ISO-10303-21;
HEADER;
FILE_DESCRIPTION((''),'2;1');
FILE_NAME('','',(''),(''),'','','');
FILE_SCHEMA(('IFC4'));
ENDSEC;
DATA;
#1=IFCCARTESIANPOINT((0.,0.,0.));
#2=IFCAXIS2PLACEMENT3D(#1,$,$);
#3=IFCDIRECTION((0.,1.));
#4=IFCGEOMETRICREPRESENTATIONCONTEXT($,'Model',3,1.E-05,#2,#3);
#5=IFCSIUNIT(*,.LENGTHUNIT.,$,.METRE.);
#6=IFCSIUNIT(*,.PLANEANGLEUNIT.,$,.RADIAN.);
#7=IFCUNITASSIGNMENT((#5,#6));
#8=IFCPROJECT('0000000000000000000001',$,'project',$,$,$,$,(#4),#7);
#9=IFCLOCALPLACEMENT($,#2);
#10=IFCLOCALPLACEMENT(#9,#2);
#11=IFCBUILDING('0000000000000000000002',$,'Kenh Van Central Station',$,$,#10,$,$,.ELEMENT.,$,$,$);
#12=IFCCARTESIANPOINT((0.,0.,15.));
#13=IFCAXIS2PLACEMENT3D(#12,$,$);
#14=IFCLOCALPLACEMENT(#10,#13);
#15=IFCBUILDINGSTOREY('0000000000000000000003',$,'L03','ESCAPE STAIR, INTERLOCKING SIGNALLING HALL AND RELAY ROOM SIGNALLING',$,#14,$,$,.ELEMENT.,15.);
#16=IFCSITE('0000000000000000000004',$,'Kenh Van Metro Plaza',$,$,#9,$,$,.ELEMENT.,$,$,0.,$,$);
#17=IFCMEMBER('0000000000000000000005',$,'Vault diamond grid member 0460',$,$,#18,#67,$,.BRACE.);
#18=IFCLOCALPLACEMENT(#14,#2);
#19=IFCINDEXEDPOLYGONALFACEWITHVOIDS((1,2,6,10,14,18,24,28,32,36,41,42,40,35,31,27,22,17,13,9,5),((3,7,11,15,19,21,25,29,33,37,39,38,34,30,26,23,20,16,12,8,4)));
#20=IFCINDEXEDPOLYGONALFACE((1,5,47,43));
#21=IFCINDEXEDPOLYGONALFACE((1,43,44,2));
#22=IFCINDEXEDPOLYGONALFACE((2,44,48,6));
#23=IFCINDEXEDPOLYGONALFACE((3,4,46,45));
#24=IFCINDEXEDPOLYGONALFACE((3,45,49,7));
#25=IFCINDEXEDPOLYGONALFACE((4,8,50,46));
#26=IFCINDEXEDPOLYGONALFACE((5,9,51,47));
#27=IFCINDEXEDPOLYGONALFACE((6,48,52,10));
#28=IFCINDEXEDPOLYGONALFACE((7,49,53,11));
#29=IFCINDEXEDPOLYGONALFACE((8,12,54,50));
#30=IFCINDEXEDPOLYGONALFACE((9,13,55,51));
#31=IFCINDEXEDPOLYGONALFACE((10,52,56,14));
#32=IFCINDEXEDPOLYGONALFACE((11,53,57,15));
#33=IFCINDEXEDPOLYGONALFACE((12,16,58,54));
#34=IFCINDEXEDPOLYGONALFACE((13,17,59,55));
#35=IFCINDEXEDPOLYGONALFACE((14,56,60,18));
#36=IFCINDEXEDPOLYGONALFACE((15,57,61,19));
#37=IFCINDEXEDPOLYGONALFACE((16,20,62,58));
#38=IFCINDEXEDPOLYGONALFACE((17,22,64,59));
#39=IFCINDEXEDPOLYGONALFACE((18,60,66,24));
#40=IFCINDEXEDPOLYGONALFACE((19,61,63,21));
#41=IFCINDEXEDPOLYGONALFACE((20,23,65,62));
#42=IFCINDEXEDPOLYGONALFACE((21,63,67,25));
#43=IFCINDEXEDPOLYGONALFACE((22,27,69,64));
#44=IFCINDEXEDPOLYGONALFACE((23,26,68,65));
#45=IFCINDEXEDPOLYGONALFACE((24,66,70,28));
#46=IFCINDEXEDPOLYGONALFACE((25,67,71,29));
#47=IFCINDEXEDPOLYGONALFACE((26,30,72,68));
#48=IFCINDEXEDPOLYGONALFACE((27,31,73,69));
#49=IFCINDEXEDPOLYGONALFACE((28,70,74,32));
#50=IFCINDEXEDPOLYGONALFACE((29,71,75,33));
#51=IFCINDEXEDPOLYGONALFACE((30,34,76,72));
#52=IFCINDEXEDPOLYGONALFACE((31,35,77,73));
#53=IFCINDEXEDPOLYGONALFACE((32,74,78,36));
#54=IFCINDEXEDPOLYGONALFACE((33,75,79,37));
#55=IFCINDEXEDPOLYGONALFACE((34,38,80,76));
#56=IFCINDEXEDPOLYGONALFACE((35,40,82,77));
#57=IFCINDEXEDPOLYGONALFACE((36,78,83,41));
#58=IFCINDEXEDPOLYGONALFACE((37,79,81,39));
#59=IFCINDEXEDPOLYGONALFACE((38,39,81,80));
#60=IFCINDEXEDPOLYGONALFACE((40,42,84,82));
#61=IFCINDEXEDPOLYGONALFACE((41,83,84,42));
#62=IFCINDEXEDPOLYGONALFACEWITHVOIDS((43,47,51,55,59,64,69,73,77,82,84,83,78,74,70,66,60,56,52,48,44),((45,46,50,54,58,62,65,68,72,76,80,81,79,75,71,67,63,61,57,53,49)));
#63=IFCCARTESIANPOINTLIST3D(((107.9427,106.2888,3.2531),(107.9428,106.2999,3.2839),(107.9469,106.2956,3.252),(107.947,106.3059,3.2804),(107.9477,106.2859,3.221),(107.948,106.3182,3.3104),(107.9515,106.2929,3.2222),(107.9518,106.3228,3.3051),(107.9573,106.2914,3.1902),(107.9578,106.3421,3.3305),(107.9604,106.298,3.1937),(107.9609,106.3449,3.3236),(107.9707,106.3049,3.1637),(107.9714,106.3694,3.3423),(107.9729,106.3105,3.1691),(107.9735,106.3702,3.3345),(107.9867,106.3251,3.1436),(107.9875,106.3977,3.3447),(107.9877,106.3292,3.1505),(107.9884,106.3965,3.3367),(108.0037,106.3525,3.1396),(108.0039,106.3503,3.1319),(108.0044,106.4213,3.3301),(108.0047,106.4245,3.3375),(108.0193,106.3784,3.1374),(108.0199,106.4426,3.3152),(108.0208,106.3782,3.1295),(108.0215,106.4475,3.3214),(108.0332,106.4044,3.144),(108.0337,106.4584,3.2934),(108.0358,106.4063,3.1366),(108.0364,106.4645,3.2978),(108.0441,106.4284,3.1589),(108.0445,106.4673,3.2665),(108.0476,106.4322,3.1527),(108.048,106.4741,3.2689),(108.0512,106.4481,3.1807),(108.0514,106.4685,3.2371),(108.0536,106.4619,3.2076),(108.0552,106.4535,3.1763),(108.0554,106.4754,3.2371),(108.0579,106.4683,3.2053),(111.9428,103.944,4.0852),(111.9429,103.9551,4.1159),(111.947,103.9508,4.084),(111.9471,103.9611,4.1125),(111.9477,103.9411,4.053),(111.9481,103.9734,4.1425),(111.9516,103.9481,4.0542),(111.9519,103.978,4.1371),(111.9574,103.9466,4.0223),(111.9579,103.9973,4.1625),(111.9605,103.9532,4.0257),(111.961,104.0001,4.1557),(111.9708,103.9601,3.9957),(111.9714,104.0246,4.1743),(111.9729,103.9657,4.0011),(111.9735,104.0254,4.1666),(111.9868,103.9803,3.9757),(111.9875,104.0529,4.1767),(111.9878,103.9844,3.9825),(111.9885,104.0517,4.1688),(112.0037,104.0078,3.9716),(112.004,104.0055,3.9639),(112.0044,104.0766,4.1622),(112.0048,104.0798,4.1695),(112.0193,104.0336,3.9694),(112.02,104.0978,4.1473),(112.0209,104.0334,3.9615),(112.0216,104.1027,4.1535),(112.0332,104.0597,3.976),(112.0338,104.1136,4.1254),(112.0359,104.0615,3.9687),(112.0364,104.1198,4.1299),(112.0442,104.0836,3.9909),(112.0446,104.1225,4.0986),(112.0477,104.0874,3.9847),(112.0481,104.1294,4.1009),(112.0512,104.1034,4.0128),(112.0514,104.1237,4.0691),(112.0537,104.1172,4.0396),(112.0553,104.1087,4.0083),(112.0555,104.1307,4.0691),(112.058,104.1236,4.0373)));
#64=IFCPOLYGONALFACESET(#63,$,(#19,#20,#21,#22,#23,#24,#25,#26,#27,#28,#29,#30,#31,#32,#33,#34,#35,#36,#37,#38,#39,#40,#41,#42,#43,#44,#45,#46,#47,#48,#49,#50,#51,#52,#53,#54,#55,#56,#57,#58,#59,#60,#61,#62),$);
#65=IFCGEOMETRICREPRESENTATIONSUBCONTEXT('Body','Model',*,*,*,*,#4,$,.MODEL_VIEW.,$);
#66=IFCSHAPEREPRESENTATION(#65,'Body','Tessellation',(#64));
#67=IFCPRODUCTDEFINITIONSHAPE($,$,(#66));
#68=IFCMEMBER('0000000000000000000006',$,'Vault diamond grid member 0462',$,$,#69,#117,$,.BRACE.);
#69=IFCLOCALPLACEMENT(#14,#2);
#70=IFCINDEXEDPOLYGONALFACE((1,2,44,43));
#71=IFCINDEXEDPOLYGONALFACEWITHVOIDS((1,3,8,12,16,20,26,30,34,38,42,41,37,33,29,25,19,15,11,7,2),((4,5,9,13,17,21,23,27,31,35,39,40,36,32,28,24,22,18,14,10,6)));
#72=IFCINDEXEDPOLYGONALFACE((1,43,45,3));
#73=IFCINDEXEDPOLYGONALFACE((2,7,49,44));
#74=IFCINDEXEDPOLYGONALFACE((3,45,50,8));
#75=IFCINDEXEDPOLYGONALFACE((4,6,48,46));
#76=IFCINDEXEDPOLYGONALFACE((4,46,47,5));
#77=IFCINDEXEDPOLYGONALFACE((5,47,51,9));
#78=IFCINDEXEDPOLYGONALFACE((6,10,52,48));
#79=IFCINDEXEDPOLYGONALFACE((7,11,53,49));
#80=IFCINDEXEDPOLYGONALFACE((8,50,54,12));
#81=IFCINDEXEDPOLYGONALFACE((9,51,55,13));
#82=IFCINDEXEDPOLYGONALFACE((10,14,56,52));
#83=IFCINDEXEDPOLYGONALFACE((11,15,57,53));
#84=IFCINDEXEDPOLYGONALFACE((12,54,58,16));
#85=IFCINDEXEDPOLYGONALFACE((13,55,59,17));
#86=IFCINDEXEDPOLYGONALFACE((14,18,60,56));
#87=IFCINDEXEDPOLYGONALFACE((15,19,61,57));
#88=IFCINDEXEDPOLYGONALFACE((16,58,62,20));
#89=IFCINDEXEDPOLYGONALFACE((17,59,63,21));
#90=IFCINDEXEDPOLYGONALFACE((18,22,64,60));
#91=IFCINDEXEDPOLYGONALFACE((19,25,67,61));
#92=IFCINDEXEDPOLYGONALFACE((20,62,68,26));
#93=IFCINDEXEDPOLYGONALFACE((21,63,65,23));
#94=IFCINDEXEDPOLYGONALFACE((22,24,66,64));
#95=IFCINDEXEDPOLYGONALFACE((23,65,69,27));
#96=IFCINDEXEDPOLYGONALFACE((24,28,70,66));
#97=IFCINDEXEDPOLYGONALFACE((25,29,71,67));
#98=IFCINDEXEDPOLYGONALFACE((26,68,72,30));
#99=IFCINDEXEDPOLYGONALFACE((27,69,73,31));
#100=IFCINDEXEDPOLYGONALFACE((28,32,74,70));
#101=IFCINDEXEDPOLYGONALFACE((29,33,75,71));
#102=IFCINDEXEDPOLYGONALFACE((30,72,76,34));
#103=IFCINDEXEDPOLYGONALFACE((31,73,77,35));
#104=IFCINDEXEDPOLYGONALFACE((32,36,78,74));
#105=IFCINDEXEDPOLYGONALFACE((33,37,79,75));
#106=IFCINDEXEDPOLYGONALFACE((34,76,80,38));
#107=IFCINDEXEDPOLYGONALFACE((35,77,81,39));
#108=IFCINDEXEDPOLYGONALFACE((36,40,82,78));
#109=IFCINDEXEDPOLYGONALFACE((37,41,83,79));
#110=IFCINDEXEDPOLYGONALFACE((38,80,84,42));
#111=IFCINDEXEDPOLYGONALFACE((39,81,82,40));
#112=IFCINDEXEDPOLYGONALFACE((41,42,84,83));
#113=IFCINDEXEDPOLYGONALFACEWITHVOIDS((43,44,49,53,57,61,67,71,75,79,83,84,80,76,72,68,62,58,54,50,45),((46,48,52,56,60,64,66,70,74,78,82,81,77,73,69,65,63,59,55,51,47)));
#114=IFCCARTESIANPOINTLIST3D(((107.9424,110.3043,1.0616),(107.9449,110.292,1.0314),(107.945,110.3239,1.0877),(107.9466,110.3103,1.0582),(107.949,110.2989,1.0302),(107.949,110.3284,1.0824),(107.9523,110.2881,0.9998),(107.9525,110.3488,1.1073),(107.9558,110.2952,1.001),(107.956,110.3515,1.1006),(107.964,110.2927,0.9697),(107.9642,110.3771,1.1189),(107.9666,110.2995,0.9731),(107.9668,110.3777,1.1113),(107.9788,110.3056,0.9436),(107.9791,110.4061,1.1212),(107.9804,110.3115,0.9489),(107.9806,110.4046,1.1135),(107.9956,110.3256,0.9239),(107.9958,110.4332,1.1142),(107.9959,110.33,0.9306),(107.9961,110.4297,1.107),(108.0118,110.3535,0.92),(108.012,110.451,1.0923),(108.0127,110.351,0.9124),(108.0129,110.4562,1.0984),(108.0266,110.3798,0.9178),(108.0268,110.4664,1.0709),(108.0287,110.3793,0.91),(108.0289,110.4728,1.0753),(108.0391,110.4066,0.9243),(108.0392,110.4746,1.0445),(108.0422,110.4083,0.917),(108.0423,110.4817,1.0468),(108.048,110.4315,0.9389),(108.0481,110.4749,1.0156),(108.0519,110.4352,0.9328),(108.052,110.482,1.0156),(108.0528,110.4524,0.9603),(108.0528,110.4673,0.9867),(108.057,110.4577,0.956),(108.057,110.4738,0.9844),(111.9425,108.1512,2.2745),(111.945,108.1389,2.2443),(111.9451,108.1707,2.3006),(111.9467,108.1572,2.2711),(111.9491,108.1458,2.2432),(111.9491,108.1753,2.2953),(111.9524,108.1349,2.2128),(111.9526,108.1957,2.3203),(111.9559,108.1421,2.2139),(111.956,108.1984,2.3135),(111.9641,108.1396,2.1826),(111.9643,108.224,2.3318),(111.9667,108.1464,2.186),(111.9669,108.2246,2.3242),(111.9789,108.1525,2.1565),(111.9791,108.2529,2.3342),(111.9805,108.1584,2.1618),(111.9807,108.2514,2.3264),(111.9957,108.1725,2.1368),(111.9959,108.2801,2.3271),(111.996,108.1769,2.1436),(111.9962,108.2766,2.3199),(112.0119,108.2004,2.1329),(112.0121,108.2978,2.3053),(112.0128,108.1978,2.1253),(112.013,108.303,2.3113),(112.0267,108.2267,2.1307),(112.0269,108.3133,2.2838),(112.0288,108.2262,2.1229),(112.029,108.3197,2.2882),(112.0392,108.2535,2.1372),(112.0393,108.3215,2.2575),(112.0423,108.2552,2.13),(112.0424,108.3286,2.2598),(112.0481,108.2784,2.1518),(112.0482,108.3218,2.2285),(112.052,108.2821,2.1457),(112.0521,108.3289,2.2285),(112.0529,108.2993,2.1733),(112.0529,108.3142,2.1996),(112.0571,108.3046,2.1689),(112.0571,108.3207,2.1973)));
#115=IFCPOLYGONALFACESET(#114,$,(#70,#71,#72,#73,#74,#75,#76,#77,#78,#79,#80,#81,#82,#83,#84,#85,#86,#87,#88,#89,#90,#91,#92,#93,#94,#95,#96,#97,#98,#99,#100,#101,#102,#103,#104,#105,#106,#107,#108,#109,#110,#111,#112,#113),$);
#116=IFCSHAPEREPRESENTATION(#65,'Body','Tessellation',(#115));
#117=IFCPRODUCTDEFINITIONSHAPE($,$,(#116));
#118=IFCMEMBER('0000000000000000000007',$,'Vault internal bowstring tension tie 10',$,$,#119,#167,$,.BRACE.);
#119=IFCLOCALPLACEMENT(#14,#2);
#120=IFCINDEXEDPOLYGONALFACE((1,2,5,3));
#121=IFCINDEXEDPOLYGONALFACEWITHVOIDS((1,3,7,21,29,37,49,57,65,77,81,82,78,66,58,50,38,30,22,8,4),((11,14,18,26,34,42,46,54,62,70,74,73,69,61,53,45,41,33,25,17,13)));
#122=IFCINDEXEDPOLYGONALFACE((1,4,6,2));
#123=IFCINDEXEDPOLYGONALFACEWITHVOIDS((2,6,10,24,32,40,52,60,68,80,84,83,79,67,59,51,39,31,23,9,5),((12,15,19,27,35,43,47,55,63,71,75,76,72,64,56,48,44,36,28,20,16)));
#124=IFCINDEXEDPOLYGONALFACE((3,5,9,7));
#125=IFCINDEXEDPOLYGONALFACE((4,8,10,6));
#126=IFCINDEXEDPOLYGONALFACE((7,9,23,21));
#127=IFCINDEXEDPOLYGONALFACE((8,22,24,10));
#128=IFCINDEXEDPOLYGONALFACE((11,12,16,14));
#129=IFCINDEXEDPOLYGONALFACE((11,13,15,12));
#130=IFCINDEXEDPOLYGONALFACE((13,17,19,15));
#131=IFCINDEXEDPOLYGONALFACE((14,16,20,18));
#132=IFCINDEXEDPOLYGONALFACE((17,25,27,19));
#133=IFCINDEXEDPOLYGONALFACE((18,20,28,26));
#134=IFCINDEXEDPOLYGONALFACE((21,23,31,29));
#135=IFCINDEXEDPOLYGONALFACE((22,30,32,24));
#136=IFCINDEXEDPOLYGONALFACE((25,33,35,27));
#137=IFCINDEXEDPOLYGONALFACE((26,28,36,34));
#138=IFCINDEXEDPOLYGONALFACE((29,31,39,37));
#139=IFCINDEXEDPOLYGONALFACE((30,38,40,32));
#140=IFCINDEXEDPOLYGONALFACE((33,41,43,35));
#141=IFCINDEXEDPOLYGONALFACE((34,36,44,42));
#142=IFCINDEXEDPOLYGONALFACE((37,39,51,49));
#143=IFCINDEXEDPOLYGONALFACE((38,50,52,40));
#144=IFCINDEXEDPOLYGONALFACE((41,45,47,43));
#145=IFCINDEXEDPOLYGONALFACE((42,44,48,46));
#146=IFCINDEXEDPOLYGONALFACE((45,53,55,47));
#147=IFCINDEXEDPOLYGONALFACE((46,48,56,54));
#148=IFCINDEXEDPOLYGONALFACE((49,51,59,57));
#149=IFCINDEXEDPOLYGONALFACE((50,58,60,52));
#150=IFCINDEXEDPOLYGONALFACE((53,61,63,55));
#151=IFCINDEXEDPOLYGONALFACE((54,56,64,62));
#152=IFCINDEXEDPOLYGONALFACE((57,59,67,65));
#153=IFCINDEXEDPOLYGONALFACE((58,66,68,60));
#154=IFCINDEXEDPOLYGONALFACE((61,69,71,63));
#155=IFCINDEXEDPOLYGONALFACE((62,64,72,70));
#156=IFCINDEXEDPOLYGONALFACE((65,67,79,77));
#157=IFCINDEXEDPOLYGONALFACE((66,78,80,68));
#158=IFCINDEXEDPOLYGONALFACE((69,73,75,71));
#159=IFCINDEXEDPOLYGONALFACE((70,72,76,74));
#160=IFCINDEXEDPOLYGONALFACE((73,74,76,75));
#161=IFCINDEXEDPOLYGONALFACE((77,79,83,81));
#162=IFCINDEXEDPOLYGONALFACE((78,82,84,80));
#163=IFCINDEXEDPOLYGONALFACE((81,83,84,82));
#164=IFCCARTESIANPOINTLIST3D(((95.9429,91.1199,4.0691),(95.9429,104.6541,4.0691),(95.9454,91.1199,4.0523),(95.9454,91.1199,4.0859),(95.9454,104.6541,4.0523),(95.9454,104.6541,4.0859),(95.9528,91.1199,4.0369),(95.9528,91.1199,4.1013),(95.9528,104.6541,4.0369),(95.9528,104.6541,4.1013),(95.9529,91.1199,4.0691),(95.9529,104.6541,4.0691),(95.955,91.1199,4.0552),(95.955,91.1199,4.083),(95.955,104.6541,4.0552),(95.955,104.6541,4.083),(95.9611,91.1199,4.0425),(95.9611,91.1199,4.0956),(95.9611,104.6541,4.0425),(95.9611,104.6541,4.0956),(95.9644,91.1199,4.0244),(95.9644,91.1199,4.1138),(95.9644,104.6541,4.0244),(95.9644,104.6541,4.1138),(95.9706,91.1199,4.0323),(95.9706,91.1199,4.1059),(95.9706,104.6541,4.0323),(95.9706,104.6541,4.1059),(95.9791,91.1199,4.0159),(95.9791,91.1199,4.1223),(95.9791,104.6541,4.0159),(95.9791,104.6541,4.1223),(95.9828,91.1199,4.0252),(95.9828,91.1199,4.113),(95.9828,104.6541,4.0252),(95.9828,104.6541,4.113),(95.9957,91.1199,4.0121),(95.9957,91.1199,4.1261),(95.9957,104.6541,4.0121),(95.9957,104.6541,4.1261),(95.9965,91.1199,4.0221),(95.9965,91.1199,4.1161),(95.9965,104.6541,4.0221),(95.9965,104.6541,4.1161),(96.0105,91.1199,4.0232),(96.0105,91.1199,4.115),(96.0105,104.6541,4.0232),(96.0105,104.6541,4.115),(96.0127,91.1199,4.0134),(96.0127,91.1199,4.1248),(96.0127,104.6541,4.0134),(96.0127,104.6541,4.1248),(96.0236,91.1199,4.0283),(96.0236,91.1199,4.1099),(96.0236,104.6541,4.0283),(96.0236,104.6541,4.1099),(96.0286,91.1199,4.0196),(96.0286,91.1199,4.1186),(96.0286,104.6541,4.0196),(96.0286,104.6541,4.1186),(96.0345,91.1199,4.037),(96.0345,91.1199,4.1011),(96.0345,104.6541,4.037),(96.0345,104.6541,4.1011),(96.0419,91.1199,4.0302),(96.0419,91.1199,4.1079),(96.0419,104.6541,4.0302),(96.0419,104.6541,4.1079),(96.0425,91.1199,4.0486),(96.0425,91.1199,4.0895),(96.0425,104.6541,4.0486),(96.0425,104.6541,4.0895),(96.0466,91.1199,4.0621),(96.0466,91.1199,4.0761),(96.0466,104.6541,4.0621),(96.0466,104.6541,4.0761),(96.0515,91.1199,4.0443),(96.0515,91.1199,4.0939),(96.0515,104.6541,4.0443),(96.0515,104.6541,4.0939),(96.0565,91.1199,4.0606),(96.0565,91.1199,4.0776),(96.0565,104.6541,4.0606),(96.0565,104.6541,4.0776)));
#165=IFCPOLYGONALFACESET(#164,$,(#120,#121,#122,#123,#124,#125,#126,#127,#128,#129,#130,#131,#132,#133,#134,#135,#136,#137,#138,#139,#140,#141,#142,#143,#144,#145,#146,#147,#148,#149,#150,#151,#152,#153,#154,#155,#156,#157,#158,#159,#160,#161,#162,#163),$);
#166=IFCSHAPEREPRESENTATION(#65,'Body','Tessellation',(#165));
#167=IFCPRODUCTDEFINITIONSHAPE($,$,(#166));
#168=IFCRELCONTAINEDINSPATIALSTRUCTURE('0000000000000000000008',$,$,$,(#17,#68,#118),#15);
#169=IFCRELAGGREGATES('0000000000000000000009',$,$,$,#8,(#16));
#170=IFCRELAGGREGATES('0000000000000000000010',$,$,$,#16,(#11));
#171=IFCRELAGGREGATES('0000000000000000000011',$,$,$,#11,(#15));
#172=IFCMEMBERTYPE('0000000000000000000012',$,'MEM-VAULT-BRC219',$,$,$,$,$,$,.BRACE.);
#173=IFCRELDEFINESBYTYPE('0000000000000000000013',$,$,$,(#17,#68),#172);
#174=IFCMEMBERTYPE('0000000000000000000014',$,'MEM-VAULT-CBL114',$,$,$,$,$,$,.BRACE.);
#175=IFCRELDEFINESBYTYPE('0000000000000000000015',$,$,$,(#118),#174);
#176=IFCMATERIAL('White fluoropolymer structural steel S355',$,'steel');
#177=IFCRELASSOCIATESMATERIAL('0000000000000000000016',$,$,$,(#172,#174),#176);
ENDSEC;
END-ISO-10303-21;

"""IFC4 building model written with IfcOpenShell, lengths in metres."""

from ifc_helpers import new_model, si_unit, direction, frame, origin, origin_2d, place, context, subcontext, project, spatial, hollow_circle, extrude, material, material_profile, profile_set, type_object, element, save


model = new_model("IFC4")

# Units and contexts
model_context = context("Model", 3, precision=1e-05, world=origin(), true_north=direction((0.0, 1.0)))
body_context = subcontext(model_context, "Body", "Model", "MODEL_VIEW")
ifc_project = project(units=[si_unit("LENGTHUNIT", "METRE"), si_unit("PLANEANGLEUNIT", "RADIAN")], contexts=[model_context])

# Site, building, storey
site_placement = place(None, origin())
site = spatial("IfcSite", under=ifc_project, at=site_placement, Name="Kenh Van Metro Plaza", CompositionType="ELEMENT", RefElevation=0.0)
building_placement = place(site_placement, origin())
building = spatial("IfcBuilding", under=site, at=building_placement, Name="Kenh Van Central Station", CompositionType="ELEMENT")
storey_placement = place(building_placement, frame((0.0, 0.0, 15.0)))
storey = spatial("IfcBuildingStorey", under=building, at=storey_placement, Name="L03", Description="ESCAPE STAIR, INTERLOCKING SIGNALLING HALL AND RELAY ROOM SIGNALLING", CompositionType="ELEMENT", Elevation=15.0)

# Shared definitions
ifc_material_1 = material(Name="White fluoropolymer structural steel S355", Category="steel")

# Members
ifc_material_profile_1 = material_profile(ifc_material_1, hollow_circle(Radius=0.1096, WallThickness=0.0081, at=origin_2d()), Name="CHS 219.1x8")
ifc_profile_set_1 = profile_set([ifc_material_profile_1], Name="White fluoropolymer structural steel S355")
member_type_1 = type_object("IfcMemberType", Name="MEM-VAULT-BRC219", PredefinedType="BRACE", material=ifc_profile_set_1)
member_1_placement = place(storey_placement, frame((108.0, 106.3809, 3.2371), z_axis=(0.849144, -0.497752, 0.176629), x_axis=(0.505703, 0.862707, 0.0)))
element("IfcMember", 1, at=member_1_placement, inside=storey, type_object=member_type_1, Name="Vault diamond grid member 0460", PredefinedType="BRACE", context=body_context, shape_type="SweptSolid", body=[
    extrude(hollow_circle(Radius=0.1096, WallThickness=0.0081, at=origin_2d()), origin(), (0.0, 0.0, 1.0), 4.7107),
])
member_2_placement = place(storey_placement, frame((108.0, 110.3855, 1.0156), z_axis=(0.85074, -0.457927, 0.257964), x_axis=(0.473968, 0.880542, 0.0)))
element("IfcMember", 2, at=member_2_placement, inside=storey, type_object=member_type_1, Name="Vault diamond grid member 0462", PredefinedType="BRACE", context=body_context, shape_type="SweptSolid", body=[
    extrude(hollow_circle(Radius=0.1096, WallThickness=0.0081, at=origin_2d()), origin(), (0.0, 0.0, 1.0), 4.7019),
])
ifc_material_profile_2 = material_profile(ifc_material_1, hollow_circle(Radius=0.0571, WallThickness=0.01, at=origin_2d()), Name="CHS 114.3x10")
ifc_profile_set_2 = profile_set([ifc_material_profile_2], Name="White fluoropolymer structural steel S355")
member_type_2 = type_object("IfcMemberType", Name="MEM-VAULT-CBL114", PredefinedType="BRACE", material=ifc_profile_set_2)
member_3_placement = place(storey_placement, frame((96.0, 91.1199, 4.0691), z_axis=(0.0, 1.0, 0.0), x_axis=(-1.0, 0.0, 0.0)))
element("IfcMember", 3, at=member_3_placement, inside=storey, type_object=member_type_2, Name="Vault internal bowstring tension tie 10", PredefinedType="BRACE", context=body_context, shape_type="SweptSolid", body=[
    extrude(hollow_circle(Radius=0.0571, WallThickness=0.01, at=origin_2d()), origin(), (0.0, 0.0, 1.0), 13.5342),
])

save(model, "model.ifc")
